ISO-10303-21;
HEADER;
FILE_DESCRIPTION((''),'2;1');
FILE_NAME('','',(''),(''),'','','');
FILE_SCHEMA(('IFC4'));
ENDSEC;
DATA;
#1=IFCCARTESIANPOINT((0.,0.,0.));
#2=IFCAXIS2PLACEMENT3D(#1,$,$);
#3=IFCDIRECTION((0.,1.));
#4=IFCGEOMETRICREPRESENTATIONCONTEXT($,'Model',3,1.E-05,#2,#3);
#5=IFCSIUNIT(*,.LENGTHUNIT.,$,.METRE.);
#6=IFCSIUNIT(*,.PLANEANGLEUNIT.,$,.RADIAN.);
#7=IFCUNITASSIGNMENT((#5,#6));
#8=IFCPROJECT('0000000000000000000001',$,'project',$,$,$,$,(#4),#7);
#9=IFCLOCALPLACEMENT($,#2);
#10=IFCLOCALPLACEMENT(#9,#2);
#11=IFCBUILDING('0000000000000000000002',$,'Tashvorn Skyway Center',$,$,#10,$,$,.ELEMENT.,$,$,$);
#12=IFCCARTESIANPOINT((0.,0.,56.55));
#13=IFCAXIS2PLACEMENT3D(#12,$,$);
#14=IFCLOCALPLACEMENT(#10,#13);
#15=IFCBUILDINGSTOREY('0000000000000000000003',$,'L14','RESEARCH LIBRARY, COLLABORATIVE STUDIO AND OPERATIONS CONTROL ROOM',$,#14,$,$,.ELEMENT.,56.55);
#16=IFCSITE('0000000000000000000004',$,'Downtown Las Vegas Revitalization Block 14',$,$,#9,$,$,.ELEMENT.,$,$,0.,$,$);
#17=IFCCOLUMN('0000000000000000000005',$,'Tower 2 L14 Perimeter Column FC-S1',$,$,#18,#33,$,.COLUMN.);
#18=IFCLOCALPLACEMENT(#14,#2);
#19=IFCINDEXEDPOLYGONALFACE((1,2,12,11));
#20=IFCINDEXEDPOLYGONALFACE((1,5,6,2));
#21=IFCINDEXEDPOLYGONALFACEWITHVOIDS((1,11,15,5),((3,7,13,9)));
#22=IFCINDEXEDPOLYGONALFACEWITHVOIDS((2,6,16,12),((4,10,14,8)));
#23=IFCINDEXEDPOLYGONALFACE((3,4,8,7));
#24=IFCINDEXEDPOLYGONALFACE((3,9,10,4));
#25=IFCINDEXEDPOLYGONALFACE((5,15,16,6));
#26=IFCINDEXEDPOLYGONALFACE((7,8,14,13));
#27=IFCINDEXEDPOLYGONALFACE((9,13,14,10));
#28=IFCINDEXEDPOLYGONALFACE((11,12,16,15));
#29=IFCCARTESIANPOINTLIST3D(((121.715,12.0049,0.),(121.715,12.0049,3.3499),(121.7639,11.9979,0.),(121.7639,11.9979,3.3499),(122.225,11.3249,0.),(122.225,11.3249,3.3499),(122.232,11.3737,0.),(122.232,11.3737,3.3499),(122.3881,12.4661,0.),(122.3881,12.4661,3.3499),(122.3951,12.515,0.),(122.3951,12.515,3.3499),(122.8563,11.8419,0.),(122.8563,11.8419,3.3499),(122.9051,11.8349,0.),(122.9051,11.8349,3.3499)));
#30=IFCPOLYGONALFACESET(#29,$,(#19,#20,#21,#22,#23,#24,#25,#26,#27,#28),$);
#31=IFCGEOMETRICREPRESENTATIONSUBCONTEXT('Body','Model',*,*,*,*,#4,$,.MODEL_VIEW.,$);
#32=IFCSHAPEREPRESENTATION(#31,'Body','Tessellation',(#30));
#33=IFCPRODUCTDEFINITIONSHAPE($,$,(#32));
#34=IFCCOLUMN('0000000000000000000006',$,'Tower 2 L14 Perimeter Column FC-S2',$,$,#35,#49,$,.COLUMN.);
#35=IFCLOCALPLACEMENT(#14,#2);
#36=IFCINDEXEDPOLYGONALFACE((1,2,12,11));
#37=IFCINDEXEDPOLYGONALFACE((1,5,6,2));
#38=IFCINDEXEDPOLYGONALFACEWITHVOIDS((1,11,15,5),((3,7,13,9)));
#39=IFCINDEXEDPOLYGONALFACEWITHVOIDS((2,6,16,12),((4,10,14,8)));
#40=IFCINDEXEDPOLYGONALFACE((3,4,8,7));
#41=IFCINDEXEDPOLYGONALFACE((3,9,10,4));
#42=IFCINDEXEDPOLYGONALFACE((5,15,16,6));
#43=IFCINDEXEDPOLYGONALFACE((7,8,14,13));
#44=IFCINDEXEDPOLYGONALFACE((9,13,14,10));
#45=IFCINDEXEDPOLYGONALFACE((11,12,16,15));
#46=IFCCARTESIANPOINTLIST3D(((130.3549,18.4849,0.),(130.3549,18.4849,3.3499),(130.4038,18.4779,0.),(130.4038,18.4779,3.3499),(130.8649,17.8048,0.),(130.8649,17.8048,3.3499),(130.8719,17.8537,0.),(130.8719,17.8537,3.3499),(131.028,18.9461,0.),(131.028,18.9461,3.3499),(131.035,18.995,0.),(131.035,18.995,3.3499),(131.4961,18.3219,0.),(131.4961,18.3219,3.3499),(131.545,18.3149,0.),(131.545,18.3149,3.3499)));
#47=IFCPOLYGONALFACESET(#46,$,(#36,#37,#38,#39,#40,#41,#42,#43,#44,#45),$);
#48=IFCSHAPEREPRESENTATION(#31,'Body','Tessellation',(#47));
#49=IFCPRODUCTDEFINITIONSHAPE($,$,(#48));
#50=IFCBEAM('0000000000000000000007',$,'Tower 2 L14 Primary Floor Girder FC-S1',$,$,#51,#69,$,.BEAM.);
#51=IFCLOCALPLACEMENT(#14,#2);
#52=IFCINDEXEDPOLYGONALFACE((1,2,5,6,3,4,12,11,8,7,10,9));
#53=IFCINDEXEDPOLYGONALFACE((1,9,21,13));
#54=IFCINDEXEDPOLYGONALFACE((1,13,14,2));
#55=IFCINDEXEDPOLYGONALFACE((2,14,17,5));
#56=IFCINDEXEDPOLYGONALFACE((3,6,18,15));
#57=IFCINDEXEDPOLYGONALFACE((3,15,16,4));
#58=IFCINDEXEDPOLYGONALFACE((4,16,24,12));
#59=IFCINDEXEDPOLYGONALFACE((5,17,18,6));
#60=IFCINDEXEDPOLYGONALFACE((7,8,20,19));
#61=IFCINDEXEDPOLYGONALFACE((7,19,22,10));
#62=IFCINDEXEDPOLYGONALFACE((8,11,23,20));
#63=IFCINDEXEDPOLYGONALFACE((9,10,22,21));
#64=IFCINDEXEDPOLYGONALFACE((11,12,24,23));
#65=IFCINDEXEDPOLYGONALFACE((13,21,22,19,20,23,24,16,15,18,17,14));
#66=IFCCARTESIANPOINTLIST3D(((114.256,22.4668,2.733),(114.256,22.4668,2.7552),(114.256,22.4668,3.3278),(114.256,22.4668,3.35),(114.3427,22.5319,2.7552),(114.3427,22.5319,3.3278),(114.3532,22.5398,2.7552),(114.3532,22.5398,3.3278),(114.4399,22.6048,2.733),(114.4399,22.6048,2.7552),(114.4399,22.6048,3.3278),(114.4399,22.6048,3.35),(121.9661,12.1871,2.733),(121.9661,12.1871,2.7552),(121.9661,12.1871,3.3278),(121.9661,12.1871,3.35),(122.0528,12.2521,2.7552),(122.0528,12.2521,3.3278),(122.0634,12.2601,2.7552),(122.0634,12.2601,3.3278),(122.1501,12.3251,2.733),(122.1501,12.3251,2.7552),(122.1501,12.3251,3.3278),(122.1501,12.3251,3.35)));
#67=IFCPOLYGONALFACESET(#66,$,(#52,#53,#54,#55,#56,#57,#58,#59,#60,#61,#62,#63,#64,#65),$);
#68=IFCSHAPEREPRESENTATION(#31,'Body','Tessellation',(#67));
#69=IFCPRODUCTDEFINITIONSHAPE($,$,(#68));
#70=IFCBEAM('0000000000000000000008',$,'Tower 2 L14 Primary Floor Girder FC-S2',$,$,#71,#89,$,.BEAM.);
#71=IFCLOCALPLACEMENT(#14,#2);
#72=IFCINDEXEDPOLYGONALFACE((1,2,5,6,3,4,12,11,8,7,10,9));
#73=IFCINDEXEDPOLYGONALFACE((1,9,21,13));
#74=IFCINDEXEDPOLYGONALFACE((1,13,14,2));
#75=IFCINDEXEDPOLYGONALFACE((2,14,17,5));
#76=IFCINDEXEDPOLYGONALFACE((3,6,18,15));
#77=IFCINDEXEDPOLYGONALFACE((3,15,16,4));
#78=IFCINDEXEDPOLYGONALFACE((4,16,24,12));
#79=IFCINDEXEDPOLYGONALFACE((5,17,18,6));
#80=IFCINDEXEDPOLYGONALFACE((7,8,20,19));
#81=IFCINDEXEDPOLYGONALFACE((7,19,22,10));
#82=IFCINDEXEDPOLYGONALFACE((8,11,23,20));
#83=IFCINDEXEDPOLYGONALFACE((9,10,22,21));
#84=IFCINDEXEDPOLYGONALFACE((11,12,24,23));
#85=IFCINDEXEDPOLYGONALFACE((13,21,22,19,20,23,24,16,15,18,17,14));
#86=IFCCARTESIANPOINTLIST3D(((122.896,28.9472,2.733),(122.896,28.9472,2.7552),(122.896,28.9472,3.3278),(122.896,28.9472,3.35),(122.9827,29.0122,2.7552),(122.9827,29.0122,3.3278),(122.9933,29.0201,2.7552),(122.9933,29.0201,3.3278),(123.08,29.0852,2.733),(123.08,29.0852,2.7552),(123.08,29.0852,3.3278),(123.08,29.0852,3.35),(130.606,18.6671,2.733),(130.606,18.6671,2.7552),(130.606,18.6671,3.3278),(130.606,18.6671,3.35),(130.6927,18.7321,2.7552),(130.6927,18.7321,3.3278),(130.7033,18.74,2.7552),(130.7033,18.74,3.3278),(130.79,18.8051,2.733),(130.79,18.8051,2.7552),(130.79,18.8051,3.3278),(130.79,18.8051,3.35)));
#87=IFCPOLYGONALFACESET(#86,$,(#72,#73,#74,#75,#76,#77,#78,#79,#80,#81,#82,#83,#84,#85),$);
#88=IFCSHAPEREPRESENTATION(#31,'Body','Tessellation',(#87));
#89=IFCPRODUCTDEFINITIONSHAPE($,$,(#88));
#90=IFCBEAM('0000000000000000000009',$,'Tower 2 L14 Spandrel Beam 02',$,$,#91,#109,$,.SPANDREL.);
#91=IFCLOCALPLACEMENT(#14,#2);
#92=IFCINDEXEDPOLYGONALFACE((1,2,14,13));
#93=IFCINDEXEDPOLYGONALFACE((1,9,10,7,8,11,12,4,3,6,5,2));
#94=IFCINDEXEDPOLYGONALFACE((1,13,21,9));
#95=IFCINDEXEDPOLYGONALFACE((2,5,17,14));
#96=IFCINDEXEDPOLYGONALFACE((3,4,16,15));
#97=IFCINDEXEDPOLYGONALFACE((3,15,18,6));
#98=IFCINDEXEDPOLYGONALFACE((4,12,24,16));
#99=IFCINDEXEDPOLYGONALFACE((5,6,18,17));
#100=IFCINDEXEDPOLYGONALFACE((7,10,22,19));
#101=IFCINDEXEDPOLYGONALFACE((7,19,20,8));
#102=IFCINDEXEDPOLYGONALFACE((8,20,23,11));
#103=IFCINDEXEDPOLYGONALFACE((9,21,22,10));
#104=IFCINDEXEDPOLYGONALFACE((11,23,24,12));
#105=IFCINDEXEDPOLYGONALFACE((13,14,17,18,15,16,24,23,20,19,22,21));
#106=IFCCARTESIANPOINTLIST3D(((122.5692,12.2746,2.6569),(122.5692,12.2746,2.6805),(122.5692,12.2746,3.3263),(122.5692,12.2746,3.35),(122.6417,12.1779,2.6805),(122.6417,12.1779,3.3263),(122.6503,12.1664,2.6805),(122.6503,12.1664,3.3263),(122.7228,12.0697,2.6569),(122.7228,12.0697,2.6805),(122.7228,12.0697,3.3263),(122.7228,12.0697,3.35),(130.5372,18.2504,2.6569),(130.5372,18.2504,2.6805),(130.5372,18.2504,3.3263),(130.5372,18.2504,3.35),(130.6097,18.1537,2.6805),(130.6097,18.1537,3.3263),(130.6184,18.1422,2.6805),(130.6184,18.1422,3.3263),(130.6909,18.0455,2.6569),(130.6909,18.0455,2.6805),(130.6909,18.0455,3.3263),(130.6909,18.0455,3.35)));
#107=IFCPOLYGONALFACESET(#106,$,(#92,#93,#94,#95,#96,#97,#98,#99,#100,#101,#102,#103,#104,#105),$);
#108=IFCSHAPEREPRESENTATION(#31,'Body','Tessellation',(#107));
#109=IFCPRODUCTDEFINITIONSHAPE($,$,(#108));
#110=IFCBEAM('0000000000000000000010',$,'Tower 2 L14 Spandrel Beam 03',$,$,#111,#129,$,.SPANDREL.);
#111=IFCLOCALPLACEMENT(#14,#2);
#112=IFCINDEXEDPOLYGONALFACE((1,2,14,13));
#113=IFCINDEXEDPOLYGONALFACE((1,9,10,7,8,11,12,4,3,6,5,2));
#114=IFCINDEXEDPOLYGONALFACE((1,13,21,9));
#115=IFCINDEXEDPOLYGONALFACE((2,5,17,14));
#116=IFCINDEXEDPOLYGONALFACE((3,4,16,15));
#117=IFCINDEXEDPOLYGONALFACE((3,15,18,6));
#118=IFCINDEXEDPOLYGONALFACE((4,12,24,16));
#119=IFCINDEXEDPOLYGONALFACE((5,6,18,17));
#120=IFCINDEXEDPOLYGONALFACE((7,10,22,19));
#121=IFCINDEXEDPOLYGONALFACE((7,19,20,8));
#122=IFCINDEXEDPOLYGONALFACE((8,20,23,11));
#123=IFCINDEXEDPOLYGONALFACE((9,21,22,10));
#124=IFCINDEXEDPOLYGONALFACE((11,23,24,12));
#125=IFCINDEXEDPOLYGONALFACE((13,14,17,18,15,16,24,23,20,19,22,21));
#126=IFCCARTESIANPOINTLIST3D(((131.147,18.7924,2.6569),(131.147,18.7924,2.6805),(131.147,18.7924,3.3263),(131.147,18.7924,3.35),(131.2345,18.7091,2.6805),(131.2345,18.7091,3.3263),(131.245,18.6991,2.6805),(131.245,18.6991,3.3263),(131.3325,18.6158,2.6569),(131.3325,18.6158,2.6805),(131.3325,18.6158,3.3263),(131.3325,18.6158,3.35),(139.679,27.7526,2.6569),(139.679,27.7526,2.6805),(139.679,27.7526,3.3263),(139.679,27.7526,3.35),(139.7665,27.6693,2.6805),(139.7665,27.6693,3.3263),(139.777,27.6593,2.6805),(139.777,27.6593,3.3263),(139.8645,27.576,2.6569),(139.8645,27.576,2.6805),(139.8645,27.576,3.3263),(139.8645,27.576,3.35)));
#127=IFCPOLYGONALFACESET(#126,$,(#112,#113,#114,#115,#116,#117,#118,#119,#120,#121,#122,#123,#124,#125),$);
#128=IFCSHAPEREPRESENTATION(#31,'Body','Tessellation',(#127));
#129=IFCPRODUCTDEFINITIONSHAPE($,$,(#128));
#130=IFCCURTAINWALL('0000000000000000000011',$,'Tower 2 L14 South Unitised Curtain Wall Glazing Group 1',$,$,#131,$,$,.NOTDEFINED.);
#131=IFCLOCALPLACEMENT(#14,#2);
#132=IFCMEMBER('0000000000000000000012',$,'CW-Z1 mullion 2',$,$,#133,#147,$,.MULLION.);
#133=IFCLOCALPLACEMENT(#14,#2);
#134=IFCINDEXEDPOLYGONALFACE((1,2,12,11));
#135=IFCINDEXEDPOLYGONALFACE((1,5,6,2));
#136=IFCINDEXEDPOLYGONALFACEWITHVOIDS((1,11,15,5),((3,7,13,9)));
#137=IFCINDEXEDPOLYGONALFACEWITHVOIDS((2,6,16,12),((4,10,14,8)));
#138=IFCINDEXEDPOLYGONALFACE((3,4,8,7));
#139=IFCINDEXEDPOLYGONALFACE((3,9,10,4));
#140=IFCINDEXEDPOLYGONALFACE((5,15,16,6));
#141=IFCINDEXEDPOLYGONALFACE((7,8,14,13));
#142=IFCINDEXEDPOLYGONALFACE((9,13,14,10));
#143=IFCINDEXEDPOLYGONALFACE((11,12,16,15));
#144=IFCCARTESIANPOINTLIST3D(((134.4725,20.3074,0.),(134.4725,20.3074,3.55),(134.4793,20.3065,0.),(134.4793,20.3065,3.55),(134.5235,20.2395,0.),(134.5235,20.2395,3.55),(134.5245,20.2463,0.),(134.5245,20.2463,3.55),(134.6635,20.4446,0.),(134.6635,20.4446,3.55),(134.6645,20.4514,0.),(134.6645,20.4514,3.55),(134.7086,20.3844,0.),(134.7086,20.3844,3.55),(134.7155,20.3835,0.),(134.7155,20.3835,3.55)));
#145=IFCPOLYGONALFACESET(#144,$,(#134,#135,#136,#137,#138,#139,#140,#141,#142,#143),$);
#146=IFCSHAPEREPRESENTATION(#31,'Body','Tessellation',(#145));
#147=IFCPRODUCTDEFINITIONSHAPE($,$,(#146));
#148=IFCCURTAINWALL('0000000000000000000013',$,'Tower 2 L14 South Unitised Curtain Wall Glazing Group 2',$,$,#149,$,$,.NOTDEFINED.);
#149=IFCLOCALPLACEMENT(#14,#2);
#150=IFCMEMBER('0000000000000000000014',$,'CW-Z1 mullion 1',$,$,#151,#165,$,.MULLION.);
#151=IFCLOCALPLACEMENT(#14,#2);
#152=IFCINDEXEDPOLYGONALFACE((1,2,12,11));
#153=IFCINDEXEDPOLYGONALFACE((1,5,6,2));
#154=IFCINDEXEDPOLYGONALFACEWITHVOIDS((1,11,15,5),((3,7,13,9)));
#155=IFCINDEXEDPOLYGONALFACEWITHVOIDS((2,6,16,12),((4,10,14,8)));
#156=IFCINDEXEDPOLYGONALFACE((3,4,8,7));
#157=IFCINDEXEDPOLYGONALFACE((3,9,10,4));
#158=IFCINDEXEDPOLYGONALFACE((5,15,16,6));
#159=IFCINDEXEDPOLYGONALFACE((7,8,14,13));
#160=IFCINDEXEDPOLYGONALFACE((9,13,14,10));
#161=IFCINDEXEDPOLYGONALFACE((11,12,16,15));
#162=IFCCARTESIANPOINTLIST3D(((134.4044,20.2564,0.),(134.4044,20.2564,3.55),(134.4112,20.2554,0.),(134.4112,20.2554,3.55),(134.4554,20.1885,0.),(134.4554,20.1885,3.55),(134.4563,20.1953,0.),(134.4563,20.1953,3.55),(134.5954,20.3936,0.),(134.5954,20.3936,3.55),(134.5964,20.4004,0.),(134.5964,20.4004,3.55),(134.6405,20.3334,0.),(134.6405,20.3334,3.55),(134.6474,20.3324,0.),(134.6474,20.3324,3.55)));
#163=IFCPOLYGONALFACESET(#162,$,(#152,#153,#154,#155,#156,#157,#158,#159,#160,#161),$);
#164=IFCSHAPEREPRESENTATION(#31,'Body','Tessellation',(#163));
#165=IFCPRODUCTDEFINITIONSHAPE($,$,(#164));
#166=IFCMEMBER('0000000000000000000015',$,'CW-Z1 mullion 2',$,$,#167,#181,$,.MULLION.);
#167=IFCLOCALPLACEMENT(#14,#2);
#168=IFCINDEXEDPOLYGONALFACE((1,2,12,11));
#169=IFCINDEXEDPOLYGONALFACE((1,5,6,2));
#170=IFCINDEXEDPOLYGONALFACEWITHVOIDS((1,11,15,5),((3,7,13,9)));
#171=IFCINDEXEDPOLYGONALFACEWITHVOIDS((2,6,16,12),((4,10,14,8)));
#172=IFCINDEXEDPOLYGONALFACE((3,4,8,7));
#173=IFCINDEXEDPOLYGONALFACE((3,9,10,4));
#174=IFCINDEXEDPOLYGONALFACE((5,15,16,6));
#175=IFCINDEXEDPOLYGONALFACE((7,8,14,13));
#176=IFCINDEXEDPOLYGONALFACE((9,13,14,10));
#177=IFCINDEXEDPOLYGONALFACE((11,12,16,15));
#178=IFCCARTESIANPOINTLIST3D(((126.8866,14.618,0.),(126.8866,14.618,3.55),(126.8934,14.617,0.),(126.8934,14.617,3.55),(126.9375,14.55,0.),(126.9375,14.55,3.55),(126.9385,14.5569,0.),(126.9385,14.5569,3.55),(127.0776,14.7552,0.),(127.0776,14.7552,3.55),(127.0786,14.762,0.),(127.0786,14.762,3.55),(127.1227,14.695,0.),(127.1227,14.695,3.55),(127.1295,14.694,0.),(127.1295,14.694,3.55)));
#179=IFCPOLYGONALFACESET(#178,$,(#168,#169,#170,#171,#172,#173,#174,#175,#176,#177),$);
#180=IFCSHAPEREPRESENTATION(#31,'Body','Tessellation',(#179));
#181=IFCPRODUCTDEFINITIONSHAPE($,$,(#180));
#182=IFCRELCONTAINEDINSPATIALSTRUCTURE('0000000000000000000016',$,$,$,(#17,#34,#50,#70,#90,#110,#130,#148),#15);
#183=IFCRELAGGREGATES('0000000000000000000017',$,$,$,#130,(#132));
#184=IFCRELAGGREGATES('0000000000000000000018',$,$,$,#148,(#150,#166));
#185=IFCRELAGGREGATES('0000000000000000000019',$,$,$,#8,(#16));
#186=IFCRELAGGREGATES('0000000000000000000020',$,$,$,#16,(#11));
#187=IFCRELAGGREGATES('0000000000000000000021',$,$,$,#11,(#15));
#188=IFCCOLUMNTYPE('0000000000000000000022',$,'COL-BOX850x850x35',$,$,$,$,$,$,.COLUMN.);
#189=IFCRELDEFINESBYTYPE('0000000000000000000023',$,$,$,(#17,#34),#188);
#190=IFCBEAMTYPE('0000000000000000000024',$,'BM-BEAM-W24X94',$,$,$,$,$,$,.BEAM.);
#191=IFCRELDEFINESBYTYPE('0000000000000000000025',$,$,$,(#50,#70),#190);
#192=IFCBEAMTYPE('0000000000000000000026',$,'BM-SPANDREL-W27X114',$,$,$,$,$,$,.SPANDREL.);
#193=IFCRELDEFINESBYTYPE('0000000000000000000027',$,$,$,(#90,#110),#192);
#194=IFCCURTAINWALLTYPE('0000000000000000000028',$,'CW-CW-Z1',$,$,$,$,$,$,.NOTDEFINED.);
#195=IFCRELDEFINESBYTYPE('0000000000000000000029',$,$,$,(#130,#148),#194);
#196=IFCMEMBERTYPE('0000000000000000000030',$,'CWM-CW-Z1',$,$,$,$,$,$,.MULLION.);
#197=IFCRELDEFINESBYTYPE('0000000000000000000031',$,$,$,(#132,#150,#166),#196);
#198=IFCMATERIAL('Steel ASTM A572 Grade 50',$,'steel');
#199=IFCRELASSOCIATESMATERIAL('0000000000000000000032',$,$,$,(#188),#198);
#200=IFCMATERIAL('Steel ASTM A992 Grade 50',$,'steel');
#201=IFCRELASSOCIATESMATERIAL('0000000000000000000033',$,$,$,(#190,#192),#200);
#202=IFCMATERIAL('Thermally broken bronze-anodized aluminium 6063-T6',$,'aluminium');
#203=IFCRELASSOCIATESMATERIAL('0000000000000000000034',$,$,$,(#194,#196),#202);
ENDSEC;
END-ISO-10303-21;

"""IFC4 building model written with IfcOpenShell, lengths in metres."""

from ifc_helpers import new_model, si_unit, direction, frame, origin, origin_2d, place, context, subcontext, project, spatial, hollow_rectangle, i_section, extrude, material, material_profile, profile_set, type_object, element, aggregate, save


model = new_model("IFC4")

# Units and contexts
model_context = context("Model", 3, precision=1e-05, world=origin(), true_north=direction((0.0, 1.0)))
body_context = subcontext(model_context, "Body", "Model", "MODEL_VIEW")
ifc_project = project(units=[si_unit("LENGTHUNIT", "METRE"), si_unit("PLANEANGLEUNIT", "RADIAN")], contexts=[model_context])

# Site, building, storey
site_placement = place(None, origin())
site = spatial("IfcSite", under=ifc_project, at=site_placement, Name="Downtown Las Vegas Revitalization Block 14", CompositionType="ELEMENT", RefElevation=0.0)
building_placement = place(site_placement, origin())
building = spatial("IfcBuilding", under=site, at=building_placement, Name="Tashvorn Skyway Center", CompositionType="ELEMENT")
storey_placement = place(building_placement, frame((0.0, 0.0, 56.55)))
storey = spatial("IfcBuildingStorey", under=building, at=storey_placement, Name="L14", Description="RESEARCH LIBRARY, COLLABORATIVE STUDIO AND OPERATIONS CONTROL ROOM", CompositionType="ELEMENT", Elevation=56.55)

# Columns
ifc_material_1 = material(Name="Steel ASTM A572 Grade 50", Category="steel")
ifc_material_profile_1 = material_profile(ifc_material_1, hollow_rectangle(XDim=0.8501, YDim=0.8501, WallThickness=0.0349, at=origin_2d()), Name="BOX850x850x35")
ifc_profile_set_1 = profile_set([ifc_material_profile_1], Name="Steel ASTM A572 Grade 50")
column_type = type_object("IfcColumnType", Name="COL-BOX850x850x35", PredefinedType="COLUMN", material=ifc_profile_set_1)
for number, where, z_axis, x_axis, name in (
    (1, (122.3101, 11.9199, 0.0), (0.0, 0.0, 1.0), (0.8, 0.6, 0.0), "Tower 2 L14 Perimeter Column FC-S1"),
    (2, (130.95, 18.3999, 0.0), (0.0, 0.0, 1.0), (0.8, 0.6, 0.0), "Tower 2 L14 Perimeter Column FC-S2"),
):
    element("IfcColumn", number, at=place(storey_placement, frame(where, z_axis=z_axis, x_axis=x_axis)), inside=storey, type_object=column_type, Name=name, PredefinedType="COLUMN", context=body_context, shape_type="SweptSolid", body=[
        extrude(hollow_rectangle(XDim=0.8501, YDim=0.8501, WallThickness=0.0349, at=origin_2d()), origin(), (0.0, 0.0, 1.0), 3.3499),
    ])

# Beams
ifc_material_2 = material(Name="Steel ASTM A992 Grade 50", Category="steel")
ifc_material_profile_2 = material_profile(ifc_material_2, i_section(OverallWidth=0.23, OverallDepth=0.6169, WebThickness=0.0132, FlangeThickness=0.0222, at=origin_2d()), Name="W24X94")
ifc_profile_set_2 = profile_set([ifc_material_profile_2], Name="Steel ASTM A992 Grade 50")
beam_type_1 = type_object("IfcBeamType", Name="BM-BEAM-W24X94", PredefinedType="BEAM", material=ifc_profile_set_2)
beam_1_placement = place(storey_placement, frame((122.0581, 12.2561, 3.0415), z_axis=(-0.600018, 0.799986, 0.0), x_axis=(-0.799986, -0.600018, 0.0)))
element("IfcBeam", 3, at=beam_1_placement, inside=storey, type_object=beam_type_1, Name="Tower 2 L14 Primary Floor Girder FC-S1", PredefinedType="BEAM", context=body_context, shape_type="SweptSolid", body=[
    extrude(i_section(OverallWidth=0.23, OverallDepth=0.6169, WebThickness=0.0132, FlangeThickness=0.0222, at=origin_2d()), origin(), (0.0, 0.0, 1.0), 12.8499),
])
beam_2_placement = place(storey_placement, frame((130.698, 18.7361, 3.0415), z_axis=(-0.599997, 0.800002, 0.0), x_axis=(-0.800002, -0.599997, 0.0)))
element("IfcBeam", 4, at=beam_2_placement, inside=storey, type_object=beam_type_1, Name="Tower 2 L14 Primary Floor Girder FC-S2", PredefinedType="BEAM", context=body_context, shape_type="SweptSolid", body=[
    extrude(i_section(OverallWidth=0.23, OverallDepth=0.6169, WebThickness=0.0132, FlangeThickness=0.0222, at=origin_2d()), origin(), (0.0, 0.0, 1.0), 12.8501),
])
ifc_material_profile_3 = material_profile(ifc_material_2, i_section(OverallWidth=0.2561, OverallDepth=0.6931, WebThickness=0.0144, FlangeThickness=0.0237, at=origin_2d()), Name="W27X114")
ifc_profile_set_3 = profile_set([ifc_material_profile_3], Name="Steel ASTM A992 Grade 50")
beam_type_2 = type_object("IfcBeamType", Name="BM-SPANDREL-W27X114", PredefinedType="SPANDREL", material=ifc_profile_set_3)
beam_3_placement = place(storey_placement, frame((122.646, 12.1721, 3.0034), z_axis=(0.800009, 0.599988, 0.0), x_axis=(-0.599988, 0.800009, 0.0)))
element("IfcBeam", 5, at=beam_3_placement, inside=storey, type_object=beam_type_2, Name="Tower 2 L14 Spandrel Beam 02", PredefinedType="SPANDREL", context=body_context, shape_type="SweptSolid", body=[
    extrude(i_section(OverallWidth=0.2561, OverallDepth=0.6931, WebThickness=0.0144, FlangeThickness=0.0237, at=origin_2d()), origin(), (0.0, 0.0, 1.0), 9.96),
])
beam_4_placement = place(storey_placement, frame((131.2397, 18.7041, 3.0034), z_axis=(0.68959, 0.7242, 0.0), x_axis=(-0.7242, 0.68959, 0.0)))
element("IfcBeam", 6, at=beam_4_placement, inside=storey, type_object=beam_type_2, Name="Tower 2 L14 Spandrel Beam 03", PredefinedType="SPANDREL", context=body_context, shape_type="SweptSolid", body=[
    extrude(i_section(OverallWidth=0.2561, OverallDepth=0.6931, WebThickness=0.0144, FlangeThickness=0.0237, at=origin_2d()), origin(), (0.0, 0.0, 1.0), 12.3726),
])

# Curtain wall, member
ifc_material_3 = material(Name="Thermally broken bronze-anodized aluminium 6063-T6", Category="aluminium")
curtain_wall_type = type_object("IfcCurtainWallType", Name="CW-CW-Z1", PredefinedType="NOTDEFINED", material=ifc_material_3)
curtain_wall_1_placement = place(storey_placement, origin())
curtain_wall_1 = element("IfcCurtainWall", 7, at=curtain_wall_1_placement, inside=storey, type_object=curtain_wall_type, Name="Tower 2 L14 South Unitised Curtain Wall Glazing Group 1", PredefinedType="NOTDEFINED")
ifc_material_profile_4 = material_profile(ifc_material_3, hollow_rectangle(XDim=0.085, YDim=0.24, WallThickness=0.0049, at=origin_2d()), Name="ALU-MULL-85x240")
ifc_profile_set_4 = profile_set([ifc_material_profile_4], Name="Thermally broken bronze-anodized aluminium 6063-T6")
member_type_1 = type_object("IfcMemberType", Name="CWM-CW-Z1", PredefinedType="MULLION", material=ifc_profile_set_4)
member_1_placement = place(storey_placement, frame((134.594, 20.3455, 0.0), z_axis=(0.0, 0.0, 1.0), x_axis=(0.600005, -0.799996, 0.0)))
member_1 = element("IfcMember", 8, at=member_1_placement, type_object=member_type_1, Name="CW-Z1 mullion 2", PredefinedType="MULLION", context=body_context, shape_type="SweptSolid", body=[
    extrude(hollow_rectangle(XDim=0.085, YDim=0.24, WallThickness=0.0049, at=origin_2d()), origin(), (0.0, 0.0, 1.0), 3.55),
])

# Curtain wall, members
curtain_wall_2_placement = place(storey_placement, origin())
curtain_wall_2 = element("IfcCurtainWall", 9, at=curtain_wall_2_placement, inside=storey, type_object=curtain_wall_type, Name="Tower 2 L14 South Unitised Curtain Wall Glazing Group 2", PredefinedType="NOTDEFINED")
member_2_placement = place(storey_placement, frame((134.5259, 20.2944, 0.0), z_axis=(0.0, 0.0, 1.0), x_axis=(0.6, -0.8, 0.0)))
member_2 = element("IfcMember", 10, at=member_2_placement, type_object=member_type_1, Name="CW-Z1 mullion 1", PredefinedType="MULLION", context=body_context, shape_type="SweptSolid", body=[
    extrude(hollow_rectangle(XDim=0.085, YDim=0.24, WallThickness=0.0049, at=origin_2d()), origin(), (0.0, 0.0, 1.0), 3.55),
])
member_3_placement = place(storey_placement, frame((127.0081, 14.656, 0.0), z_axis=(0.0, 0.0, 1.0), x_axis=(0.6, -0.8, 0.0)))
member_3 = element("IfcMember", 11, at=member_3_placement, type_object=member_type_1, Name="CW-Z1 mullion 2", PredefinedType="MULLION", context=body_context, shape_type="SweptSolid", body=[
    extrude(hollow_rectangle(XDim=0.085, YDim=0.24, WallThickness=0.0049, at=origin_2d()), origin(), (0.0, 0.0, 1.0), 3.55),
])

aggregate(curtain_wall_1, [member_1])
aggregate(curtain_wall_2, [member_2, member_3])

save(model, "model.ifc")
